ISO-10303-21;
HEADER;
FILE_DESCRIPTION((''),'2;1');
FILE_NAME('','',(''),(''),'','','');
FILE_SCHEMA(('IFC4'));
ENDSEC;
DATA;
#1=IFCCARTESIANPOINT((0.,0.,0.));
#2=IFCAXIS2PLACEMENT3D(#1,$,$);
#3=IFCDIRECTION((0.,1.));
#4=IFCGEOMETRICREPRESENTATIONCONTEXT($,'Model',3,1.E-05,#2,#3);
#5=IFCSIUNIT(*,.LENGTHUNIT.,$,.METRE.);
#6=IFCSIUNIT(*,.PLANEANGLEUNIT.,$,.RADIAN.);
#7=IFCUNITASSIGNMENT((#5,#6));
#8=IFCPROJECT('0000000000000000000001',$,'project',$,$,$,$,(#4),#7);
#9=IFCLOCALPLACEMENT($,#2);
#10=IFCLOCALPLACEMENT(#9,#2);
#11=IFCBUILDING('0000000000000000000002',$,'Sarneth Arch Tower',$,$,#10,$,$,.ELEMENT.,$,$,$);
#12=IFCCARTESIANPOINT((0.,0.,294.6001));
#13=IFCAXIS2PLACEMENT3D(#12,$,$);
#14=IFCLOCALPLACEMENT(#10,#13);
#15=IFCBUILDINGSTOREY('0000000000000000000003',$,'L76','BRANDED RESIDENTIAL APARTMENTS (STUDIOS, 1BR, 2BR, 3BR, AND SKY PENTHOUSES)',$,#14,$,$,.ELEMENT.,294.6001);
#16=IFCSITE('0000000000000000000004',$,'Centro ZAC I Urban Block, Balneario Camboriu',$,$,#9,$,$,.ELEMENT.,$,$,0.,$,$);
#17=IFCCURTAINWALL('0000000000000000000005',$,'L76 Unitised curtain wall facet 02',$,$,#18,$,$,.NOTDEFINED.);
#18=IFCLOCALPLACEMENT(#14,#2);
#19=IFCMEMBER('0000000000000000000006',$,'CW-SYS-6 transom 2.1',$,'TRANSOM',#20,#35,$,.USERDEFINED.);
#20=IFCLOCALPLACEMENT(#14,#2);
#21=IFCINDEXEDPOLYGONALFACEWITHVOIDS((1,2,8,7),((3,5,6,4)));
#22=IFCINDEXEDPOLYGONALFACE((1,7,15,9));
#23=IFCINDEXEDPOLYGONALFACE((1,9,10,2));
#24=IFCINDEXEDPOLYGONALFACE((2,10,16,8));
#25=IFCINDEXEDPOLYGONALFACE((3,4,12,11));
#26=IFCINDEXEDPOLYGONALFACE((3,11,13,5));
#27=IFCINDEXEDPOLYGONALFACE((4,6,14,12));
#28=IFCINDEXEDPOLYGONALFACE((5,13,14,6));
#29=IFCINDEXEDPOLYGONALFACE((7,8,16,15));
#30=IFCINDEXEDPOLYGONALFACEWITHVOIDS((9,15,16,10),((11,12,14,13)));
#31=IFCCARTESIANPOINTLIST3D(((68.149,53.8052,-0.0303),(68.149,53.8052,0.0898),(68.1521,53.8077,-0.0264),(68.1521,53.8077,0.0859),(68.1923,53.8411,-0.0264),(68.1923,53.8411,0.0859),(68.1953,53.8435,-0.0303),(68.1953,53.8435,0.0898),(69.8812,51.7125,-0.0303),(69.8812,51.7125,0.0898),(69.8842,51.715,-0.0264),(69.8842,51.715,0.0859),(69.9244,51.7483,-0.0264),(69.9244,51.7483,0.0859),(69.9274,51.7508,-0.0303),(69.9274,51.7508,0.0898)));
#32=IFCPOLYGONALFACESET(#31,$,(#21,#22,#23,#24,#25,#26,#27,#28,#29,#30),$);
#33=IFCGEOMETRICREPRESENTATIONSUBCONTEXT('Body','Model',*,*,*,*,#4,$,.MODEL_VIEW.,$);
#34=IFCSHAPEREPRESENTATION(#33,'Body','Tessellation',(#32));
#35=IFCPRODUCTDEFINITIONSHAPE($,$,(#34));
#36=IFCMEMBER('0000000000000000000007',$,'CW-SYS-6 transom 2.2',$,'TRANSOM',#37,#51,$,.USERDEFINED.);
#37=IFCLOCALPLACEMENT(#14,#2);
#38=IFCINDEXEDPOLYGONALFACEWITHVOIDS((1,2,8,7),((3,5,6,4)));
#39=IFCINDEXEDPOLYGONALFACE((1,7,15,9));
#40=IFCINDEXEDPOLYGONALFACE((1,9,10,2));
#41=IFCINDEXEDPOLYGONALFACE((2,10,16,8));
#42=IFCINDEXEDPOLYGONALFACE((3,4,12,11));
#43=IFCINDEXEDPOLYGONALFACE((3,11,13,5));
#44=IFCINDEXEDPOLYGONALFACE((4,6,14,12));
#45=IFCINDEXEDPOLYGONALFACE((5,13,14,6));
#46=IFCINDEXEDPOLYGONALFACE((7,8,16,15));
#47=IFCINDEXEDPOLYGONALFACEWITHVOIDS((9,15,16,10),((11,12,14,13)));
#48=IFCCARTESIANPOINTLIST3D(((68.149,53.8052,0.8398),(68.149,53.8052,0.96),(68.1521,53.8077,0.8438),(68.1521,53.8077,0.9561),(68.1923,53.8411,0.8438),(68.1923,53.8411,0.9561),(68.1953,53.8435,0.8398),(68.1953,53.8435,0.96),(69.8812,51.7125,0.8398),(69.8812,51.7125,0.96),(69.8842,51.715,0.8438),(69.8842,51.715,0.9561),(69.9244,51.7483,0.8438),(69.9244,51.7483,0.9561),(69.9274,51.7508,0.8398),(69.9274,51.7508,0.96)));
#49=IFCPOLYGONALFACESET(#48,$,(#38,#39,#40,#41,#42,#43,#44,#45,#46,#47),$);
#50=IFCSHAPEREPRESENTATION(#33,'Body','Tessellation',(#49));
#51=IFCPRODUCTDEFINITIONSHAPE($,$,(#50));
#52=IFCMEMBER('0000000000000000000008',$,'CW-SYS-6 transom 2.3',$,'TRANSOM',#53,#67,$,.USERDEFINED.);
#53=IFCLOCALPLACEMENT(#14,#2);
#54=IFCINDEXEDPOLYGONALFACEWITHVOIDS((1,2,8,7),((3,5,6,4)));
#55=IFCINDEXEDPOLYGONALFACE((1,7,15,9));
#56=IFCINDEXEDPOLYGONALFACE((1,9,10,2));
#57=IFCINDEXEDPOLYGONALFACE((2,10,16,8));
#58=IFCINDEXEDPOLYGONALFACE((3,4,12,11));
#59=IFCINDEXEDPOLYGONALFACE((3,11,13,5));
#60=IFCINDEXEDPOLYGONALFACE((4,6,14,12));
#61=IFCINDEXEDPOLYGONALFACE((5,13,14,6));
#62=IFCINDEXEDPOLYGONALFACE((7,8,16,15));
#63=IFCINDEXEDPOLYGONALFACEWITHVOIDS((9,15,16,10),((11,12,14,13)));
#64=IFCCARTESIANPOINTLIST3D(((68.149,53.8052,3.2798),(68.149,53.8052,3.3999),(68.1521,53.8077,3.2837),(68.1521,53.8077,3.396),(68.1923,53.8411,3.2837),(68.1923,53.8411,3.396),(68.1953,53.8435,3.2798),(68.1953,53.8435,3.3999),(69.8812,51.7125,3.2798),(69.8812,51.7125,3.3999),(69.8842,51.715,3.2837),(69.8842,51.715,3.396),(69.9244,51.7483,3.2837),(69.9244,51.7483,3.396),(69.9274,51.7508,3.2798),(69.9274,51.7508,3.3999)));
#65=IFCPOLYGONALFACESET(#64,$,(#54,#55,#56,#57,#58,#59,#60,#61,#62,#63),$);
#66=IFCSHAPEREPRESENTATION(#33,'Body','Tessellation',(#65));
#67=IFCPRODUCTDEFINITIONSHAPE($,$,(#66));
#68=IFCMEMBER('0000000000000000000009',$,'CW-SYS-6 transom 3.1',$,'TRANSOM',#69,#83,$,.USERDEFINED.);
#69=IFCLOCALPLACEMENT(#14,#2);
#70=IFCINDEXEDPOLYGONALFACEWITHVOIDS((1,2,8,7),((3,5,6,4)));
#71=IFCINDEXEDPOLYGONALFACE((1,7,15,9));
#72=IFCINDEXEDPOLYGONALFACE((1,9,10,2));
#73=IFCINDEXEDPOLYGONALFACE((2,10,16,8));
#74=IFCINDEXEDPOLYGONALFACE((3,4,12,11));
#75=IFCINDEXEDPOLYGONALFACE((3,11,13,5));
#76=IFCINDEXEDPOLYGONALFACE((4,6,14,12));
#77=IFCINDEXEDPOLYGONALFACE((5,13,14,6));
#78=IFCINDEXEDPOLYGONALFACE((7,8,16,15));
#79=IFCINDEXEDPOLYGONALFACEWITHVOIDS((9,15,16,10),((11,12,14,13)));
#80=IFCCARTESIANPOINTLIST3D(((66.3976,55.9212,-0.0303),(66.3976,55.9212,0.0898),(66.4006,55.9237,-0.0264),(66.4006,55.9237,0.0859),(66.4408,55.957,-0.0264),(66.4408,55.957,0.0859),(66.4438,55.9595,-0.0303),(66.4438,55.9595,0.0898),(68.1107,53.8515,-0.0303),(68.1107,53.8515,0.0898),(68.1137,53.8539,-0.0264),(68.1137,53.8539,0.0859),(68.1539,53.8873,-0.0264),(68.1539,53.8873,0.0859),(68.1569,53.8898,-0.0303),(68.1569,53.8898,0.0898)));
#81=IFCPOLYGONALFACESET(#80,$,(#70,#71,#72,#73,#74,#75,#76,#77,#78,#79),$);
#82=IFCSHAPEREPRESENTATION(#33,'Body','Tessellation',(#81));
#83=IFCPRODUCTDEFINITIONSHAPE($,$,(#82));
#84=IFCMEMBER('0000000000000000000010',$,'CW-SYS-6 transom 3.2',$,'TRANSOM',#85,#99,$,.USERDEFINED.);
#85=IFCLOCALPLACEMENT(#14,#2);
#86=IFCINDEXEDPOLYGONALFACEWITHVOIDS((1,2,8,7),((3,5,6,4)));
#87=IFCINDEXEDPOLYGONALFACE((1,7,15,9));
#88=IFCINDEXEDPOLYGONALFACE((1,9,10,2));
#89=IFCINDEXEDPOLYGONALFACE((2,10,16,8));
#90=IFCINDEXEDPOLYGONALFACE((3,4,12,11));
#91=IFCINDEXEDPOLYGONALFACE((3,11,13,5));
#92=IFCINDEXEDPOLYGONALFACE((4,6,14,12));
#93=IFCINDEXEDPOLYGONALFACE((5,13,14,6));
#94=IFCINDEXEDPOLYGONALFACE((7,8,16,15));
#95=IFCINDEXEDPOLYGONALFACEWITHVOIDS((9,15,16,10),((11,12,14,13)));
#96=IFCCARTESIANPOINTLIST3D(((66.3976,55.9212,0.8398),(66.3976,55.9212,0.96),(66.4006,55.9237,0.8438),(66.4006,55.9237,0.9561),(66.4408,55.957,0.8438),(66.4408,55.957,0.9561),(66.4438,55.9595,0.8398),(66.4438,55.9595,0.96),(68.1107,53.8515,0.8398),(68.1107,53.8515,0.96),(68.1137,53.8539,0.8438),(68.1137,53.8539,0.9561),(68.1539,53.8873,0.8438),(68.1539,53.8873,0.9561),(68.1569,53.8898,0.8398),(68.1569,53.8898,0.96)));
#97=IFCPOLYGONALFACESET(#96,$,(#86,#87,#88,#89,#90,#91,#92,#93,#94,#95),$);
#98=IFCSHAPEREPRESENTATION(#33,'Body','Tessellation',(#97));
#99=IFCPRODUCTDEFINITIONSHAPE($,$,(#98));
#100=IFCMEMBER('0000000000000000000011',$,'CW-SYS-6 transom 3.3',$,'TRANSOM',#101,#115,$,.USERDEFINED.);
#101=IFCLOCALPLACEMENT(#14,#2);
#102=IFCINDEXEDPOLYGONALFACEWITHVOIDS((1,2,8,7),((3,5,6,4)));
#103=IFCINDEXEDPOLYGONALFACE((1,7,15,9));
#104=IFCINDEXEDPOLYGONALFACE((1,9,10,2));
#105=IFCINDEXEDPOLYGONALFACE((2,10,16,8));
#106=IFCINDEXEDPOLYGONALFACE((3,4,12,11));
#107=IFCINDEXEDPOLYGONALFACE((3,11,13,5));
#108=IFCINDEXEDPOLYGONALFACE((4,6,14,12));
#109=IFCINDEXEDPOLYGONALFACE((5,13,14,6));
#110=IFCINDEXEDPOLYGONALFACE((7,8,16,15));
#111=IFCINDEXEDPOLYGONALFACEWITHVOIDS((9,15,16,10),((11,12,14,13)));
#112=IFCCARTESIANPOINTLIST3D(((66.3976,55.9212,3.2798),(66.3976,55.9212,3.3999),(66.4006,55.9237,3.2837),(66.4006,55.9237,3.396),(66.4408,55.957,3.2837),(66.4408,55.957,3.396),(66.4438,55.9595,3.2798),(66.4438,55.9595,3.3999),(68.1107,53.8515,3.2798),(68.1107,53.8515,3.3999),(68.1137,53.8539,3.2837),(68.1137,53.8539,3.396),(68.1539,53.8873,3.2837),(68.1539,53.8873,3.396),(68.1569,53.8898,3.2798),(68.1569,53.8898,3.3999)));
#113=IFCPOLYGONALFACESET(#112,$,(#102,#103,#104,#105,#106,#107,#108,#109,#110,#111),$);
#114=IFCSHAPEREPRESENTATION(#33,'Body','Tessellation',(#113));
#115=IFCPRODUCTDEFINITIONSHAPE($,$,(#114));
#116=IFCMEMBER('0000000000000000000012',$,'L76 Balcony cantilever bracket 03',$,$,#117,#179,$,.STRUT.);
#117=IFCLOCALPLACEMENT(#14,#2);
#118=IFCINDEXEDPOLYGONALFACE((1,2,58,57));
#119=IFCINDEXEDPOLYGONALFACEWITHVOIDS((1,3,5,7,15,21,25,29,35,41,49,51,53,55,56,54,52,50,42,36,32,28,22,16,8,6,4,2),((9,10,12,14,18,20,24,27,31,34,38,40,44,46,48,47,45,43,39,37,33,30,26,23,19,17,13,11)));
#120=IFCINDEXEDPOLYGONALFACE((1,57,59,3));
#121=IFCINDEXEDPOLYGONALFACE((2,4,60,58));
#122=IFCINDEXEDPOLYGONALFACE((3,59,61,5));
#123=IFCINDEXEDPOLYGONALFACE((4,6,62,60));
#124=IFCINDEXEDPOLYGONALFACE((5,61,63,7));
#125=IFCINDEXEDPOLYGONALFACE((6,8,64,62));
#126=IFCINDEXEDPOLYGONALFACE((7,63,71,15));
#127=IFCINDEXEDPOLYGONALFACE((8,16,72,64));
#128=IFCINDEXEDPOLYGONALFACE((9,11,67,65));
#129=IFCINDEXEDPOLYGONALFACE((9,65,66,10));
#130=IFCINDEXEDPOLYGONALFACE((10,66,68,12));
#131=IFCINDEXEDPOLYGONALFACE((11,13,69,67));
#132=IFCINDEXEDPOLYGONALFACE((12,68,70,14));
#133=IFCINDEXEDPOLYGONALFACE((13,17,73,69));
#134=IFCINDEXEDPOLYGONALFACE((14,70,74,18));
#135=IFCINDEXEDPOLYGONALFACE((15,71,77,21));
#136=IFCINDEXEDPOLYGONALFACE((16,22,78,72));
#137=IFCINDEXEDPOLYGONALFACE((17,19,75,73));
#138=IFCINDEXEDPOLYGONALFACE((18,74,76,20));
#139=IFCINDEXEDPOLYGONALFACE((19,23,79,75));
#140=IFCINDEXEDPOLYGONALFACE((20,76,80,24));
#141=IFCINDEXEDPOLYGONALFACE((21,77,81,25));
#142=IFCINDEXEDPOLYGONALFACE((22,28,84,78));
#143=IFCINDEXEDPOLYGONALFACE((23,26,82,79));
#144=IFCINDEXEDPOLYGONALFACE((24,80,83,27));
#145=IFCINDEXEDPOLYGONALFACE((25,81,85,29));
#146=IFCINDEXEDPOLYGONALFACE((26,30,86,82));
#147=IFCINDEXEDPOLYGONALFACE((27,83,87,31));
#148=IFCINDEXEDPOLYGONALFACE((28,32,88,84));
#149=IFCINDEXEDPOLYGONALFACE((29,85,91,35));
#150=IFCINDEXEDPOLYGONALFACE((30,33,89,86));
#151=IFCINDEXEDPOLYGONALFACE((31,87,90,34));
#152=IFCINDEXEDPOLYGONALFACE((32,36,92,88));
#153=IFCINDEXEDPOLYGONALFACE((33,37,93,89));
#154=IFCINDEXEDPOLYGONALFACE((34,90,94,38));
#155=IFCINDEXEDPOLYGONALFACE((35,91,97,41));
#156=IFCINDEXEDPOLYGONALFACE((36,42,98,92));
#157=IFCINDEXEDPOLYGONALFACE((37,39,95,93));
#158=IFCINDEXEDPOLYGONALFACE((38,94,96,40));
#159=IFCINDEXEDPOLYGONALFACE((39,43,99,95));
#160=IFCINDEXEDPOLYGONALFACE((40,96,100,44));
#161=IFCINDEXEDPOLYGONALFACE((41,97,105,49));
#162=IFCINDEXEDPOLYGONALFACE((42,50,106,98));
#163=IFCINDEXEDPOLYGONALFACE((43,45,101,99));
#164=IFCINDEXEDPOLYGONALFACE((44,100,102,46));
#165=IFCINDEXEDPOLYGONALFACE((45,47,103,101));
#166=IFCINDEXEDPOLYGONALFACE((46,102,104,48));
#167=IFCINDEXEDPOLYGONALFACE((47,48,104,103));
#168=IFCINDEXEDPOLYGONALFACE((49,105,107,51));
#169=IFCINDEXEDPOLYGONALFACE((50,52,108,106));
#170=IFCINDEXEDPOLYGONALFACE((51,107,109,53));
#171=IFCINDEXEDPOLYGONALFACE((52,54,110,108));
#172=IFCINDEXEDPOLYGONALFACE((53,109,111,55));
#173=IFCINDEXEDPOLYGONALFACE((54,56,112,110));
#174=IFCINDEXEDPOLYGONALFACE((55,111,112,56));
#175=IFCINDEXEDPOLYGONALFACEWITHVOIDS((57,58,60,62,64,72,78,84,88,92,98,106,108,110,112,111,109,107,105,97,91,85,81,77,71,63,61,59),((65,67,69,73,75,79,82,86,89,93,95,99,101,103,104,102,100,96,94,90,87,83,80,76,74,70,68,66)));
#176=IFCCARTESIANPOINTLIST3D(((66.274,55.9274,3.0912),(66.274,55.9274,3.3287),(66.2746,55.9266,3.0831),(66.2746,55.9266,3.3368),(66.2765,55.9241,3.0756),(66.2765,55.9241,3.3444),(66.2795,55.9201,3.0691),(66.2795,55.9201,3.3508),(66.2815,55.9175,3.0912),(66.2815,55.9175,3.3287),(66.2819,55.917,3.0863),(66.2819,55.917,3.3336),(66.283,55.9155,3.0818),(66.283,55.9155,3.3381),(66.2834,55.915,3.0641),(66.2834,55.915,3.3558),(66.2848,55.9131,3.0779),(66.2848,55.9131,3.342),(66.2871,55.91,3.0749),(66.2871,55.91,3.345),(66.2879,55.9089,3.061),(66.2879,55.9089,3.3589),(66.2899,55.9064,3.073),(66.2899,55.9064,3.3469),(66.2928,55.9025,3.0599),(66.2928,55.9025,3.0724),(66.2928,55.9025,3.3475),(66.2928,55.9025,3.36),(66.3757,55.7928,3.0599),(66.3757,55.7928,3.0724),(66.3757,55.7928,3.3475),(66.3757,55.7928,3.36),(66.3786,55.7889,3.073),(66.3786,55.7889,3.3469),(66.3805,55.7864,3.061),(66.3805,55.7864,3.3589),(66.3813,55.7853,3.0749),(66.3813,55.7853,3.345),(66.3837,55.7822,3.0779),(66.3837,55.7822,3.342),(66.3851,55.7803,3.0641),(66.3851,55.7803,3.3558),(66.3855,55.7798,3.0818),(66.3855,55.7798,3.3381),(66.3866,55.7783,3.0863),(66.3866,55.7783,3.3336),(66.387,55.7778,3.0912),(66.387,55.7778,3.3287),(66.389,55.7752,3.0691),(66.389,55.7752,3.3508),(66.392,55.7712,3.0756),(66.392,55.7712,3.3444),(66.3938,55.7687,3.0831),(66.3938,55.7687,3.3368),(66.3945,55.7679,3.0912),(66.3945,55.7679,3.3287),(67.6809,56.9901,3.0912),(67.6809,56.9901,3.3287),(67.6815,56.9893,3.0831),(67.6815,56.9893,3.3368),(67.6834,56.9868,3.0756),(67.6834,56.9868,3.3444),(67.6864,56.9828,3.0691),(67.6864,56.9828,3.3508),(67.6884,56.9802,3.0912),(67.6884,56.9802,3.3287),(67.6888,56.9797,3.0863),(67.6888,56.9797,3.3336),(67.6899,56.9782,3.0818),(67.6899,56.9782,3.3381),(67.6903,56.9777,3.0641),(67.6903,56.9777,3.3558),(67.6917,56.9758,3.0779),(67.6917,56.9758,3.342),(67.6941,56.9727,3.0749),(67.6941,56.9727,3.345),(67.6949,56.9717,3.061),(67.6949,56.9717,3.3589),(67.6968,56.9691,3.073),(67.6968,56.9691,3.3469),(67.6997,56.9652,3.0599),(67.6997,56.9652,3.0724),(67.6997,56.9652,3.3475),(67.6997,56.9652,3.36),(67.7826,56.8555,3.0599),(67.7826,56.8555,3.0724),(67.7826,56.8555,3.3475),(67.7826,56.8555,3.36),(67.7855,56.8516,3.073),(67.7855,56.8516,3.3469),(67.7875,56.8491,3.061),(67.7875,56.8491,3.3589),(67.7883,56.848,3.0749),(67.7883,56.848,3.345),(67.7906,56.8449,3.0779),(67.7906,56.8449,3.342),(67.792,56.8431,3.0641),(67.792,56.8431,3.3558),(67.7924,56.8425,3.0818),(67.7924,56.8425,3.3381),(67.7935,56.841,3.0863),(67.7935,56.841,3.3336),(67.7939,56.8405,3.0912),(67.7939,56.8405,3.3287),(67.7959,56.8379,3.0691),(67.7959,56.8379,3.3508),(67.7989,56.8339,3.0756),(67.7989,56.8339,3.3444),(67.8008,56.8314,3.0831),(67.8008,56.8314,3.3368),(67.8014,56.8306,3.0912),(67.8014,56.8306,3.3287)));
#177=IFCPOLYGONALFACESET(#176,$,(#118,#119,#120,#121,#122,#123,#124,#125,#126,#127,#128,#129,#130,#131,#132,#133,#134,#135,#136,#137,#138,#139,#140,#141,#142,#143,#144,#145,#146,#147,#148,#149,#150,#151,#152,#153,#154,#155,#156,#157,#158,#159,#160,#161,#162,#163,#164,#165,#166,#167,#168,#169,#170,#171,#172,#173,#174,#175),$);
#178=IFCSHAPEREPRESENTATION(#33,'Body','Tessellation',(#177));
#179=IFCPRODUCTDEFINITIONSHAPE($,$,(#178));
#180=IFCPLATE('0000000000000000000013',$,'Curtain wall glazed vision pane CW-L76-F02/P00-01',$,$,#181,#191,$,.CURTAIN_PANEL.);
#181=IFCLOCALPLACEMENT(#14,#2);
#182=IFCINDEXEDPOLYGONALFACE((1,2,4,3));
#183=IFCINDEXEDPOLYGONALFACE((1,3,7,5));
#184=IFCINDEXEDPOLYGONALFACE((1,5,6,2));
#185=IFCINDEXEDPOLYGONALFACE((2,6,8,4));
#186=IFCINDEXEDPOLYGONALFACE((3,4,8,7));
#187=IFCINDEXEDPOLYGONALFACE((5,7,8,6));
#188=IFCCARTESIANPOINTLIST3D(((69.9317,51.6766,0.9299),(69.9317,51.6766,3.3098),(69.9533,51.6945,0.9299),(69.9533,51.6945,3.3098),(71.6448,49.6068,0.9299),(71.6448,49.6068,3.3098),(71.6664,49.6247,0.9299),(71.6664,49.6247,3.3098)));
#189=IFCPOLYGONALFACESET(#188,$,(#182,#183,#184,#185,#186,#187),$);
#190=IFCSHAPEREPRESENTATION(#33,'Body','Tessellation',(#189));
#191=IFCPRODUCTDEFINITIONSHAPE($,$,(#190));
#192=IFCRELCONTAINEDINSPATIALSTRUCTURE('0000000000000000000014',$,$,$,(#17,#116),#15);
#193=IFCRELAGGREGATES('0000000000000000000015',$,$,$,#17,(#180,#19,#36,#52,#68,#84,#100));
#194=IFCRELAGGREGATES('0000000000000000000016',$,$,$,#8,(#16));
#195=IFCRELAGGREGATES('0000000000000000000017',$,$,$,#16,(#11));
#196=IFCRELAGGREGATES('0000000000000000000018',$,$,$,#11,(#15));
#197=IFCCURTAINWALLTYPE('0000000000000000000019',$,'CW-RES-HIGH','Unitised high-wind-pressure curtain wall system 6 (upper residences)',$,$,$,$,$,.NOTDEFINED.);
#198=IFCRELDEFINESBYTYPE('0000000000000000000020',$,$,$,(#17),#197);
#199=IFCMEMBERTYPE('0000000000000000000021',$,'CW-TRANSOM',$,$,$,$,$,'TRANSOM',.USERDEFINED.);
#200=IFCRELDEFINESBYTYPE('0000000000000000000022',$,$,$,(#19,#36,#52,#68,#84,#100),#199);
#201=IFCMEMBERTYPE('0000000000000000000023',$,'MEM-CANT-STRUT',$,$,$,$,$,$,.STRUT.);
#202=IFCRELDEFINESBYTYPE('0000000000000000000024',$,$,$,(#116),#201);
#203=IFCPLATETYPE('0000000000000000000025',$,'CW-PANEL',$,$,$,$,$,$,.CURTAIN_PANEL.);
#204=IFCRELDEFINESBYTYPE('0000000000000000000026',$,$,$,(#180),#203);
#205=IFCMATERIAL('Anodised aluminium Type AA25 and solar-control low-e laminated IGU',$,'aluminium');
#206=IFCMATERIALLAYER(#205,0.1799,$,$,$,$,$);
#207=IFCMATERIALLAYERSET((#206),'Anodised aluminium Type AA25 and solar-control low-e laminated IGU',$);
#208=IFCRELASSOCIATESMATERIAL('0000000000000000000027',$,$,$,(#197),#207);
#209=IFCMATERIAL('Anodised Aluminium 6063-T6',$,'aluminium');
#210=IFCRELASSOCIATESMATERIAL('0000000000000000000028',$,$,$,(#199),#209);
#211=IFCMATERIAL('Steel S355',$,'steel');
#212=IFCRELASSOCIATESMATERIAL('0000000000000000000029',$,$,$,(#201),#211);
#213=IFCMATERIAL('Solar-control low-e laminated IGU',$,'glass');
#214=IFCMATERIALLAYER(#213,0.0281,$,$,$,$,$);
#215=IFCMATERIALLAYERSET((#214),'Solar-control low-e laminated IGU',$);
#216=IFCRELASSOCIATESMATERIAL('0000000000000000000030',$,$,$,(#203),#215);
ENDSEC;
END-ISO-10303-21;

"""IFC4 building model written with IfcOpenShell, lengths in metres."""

from ifc_helpers import new_model, si_unit, direction, frame, origin, origin_2d, place, context, subcontext, project, spatial, rectangle, hollow_rectangle, extrude, material, layer, layer_set, material_profile, profile_set, type_object, element, aggregate, save


model = new_model("IFC4")

# Units and contexts
model_context = context("Model", 3, precision=1e-05, world=origin(), true_north=direction((0.0, 1.0)))
body_context = subcontext(model_context, "Body", "Model", "MODEL_VIEW")
ifc_project = project(units=[si_unit("LENGTHUNIT", "METRE"), si_unit("PLANEANGLEUNIT", "RADIAN")], contexts=[model_context])

# Site, building, storey
site_placement = place(None, origin())
site = spatial("IfcSite", under=ifc_project, at=site_placement, Name="Centro ZAC I Urban Block, Balneario Camboriu", CompositionType="ELEMENT", RefElevation=0.0)
building_placement = place(site_placement, origin())
building = spatial("IfcBuilding", under=site, at=building_placement, Name="Sarneth Arch Tower", CompositionType="ELEMENT")
storey_placement = place(building_placement, frame((0.0, 0.0, 294.6001)))
storey = spatial("IfcBuildingStorey", under=building, at=storey_placement, Name="L76", Description="BRANDED RESIDENTIAL APARTMENTS (STUDIOS, 1BR, 2BR, 3BR, AND SKY PENTHOUSES)", CompositionType="ELEMENT", Elevation=294.6001)

# Curtain wall, members
ifc_material_1 = material(Name="Anodised aluminium Type AA25 and solar-control low-e laminated IGU", Category="aluminium")
ifc_layer_1 = layer(ifc_material_1, 0.1799)
ifc_layer_set_1 = layer_set([ifc_layer_1], Name="Anodised aluminium Type AA25 and solar-control low-e laminated IGU")
curtain_wall_type = type_object("IfcCurtainWallType", Name="CW-RES-HIGH", Description="Unitised high-wind-pressure curtain wall system 6 (upper residences)", PredefinedType="NOTDEFINED", material=ifc_layer_set_1)
curtain_wall_placement = place(storey_placement, origin())
curtain_wall = element("IfcCurtainWall", 1, at=curtain_wall_placement, inside=storey, type_object=curtain_wall_type, Name="L76 Unitised curtain wall facet 02", PredefinedType="NOTDEFINED")
ifc_material_2 = material(Name="Anodised Aluminium 6063-T6", Category="aluminium")
ifc_material_profile_1 = material_profile(ifc_material_2, hollow_rectangle(XDim=0.0601, YDim=0.1201, WallThickness=0.0039, at=origin_2d()), Name="AL-TRAN-120x60x4")
ifc_profile_set_1 = profile_set([ifc_material_profile_1], Name="Anodised Aluminium 6063-T6")
member_type_1 = type_object("IfcMemberType", Name="CW-TRANSOM", ElementType="TRANSOM", PredefinedType="USERDEFINED", material=ifc_profile_set_1)
member_1_placement = place(storey_placement, frame((69.9043, 51.7317, 0.0298), z_axis=(-0.637617, 0.770353, 0.0), x_axis=(-0.770353, -0.637617, 0.0)))
member_1 = element("IfcMember", 2, at=member_1_placement, type_object=member_type_1, Name="CW-SYS-6 transom 2.1", ObjectType="TRANSOM", PredefinedType="USERDEFINED", context=body_context, shape_type="SweptSolid", body=[
    extrude(hollow_rectangle(XDim=0.0601, YDim=0.1201, WallThickness=0.0039, at=origin_2d()), origin(), (0.0, 0.0, 1.0), 2.7166),
])
member_2_placement = place(storey_placement, frame((69.9043, 51.7317, 0.8999), z_axis=(-0.637617, 0.770353, 0.0), x_axis=(-0.770353, -0.637617, 0.0)))
member_2 = element("IfcMember", 3, at=member_2_placement, type_object=member_type_1, Name="CW-SYS-6 transom 2.2", ObjectType="TRANSOM", PredefinedType="USERDEFINED", context=body_context, shape_type="SweptSolid", body=[
    extrude(hollow_rectangle(XDim=0.0601, YDim=0.1201, WallThickness=0.0039, at=origin_2d()), origin(), (0.0, 0.0, 1.0), 2.7166),
])
member_3_placement = place(storey_placement, frame((69.9043, 51.7317, 3.3398), z_axis=(-0.637617, 0.770353, 0.0), x_axis=(-0.770353, -0.637617, 0.0)))
member_3 = element("IfcMember", 4, at=member_3_placement, type_object=member_type_1, Name="CW-SYS-6 transom 2.3", ObjectType="TRANSOM", PredefinedType="USERDEFINED", context=body_context, shape_type="SweptSolid", body=[
    extrude(hollow_rectangle(XDim=0.0601, YDim=0.1201, WallThickness=0.0039, at=origin_2d()), origin(), (0.0, 0.0, 1.0), 2.7166),
])
member_4_placement = place(storey_placement, frame((68.1338, 53.8706, 0.0298), z_axis=(-0.637607, 0.770362, 0.0), x_axis=(-0.770362, -0.637607, 0.0)))
member_4 = element("IfcMember", 5, at=member_4_placement, type_object=member_type_1, Name="CW-SYS-6 transom 3.1", ObjectType="TRANSOM", PredefinedType="USERDEFINED", context=body_context, shape_type="SweptSolid", body=[
    extrude(hollow_rectangle(XDim=0.0601, YDim=0.1201, WallThickness=0.0039, at=origin_2d()), origin(), (0.0, 0.0, 1.0), 2.6868),
])
member_5_placement = place(storey_placement, frame((68.1338, 53.8706, 0.8999), z_axis=(-0.637607, 0.770362, 0.0), x_axis=(-0.770362, -0.637607, 0.0)))
member_5 = element("IfcMember", 6, at=member_5_placement, type_object=member_type_1, Name="CW-SYS-6 transom 3.2", ObjectType="TRANSOM", PredefinedType="USERDEFINED", context=body_context, shape_type="SweptSolid", body=[
    extrude(hollow_rectangle(XDim=0.0601, YDim=0.1201, WallThickness=0.0039, at=origin_2d()), origin(), (0.0, 0.0, 1.0), 2.6868),
])
member_6_placement = place(storey_placement, frame((68.1338, 53.8706, 3.3398), z_axis=(-0.637607, 0.770362, 0.0), x_axis=(-0.770362, -0.637607, 0.0)))
member_6 = element("IfcMember", 7, at=member_6_placement, type_object=member_type_1, Name="CW-SYS-6 transom 3.3", ObjectType="TRANSOM", PredefinedType="USERDEFINED", context=body_context, shape_type="SweptSolid", body=[
    extrude(hollow_rectangle(XDim=0.0601, YDim=0.1201, WallThickness=0.0039, at=origin_2d()), origin(), (0.0, 0.0, 1.0), 2.6868),
])

# Member
ifc_material_3 = material(Name="Steel S355", Category="steel")
ifc_material_profile_2 = material_profile(ifc_material_3, hollow_rectangle(XDim=0.2, YDim=0.3, WallThickness=0.0125, InnerFilletRadius=0.0188, OuterFilletRadius=0.0312, at=origin_2d()), Name="RHS300x200x12.5")
ifc_profile_set_2 = profile_set([ifc_material_profile_2], Name="Steel S355")
member_type_2 = type_object("IfcMemberType", Name="MEM-CANT-STRUT", PredefinedType="STRUT", material=ifc_profile_set_2)
member_7_placement = place(storey_placement, frame((66.3342, 55.8477, 3.21), z_axis=(0.797952, 0.602721, 0.0), x_axis=(-0.602721, 0.797952, 0.0)))
element("IfcMember", 8, at=member_7_placement, inside=storey, type_object=member_type_2, Name="L76 Balcony cantilever bracket 03", PredefinedType="STRUT", context=body_context, shape_type="SweptSolid", body=[
    extrude(hollow_rectangle(XDim=0.2, YDim=0.3, WallThickness=0.0125, InnerFilletRadius=0.0188, OuterFilletRadius=0.0312, at=origin_2d()), origin(), (0.0, 0.0, 1.0), 1.7632),
])

# Plate
ifc_material_4 = material(Name="Solar-control low-e laminated IGU", Category="glass")
ifc_layer_2 = layer(ifc_material_4, 0.0281)
ifc_layer_set_2 = layer_set([ifc_layer_2], Name="Solar-control low-e laminated IGU")
plate_type_1 = type_object("IfcPlateType", Name="CW-PANEL", PredefinedType="CURTAIN_PANEL", material=ifc_layer_set_2)
plate_1_placement = place(storey_placement, frame((70.7991, 50.6506, 0.9299), z_axis=(0.0, 0.0, 1.0), x_axis=(-0.63761, 0.770359, 0.0)))
plate_1 = element("IfcPlate", 9, at=plate_1_placement, type_object=plate_type_1, Name="Curtain wall glazed vision pane CW-L76-F02/P00-01", PredefinedType="CURTAIN_PANEL", context=body_context, shape_type="SweptSolid", body=[
    extrude(rectangle(XDim=2.6868, YDim=0.0281, at=origin_2d()), origin(), (0.0, 0.0, 1.0), 2.3799),
])
aggregate(curtain_wall, [plate_1, member_1, member_2, member_3, member_4, member_5, member_6])

save(model, "model.ifc")
